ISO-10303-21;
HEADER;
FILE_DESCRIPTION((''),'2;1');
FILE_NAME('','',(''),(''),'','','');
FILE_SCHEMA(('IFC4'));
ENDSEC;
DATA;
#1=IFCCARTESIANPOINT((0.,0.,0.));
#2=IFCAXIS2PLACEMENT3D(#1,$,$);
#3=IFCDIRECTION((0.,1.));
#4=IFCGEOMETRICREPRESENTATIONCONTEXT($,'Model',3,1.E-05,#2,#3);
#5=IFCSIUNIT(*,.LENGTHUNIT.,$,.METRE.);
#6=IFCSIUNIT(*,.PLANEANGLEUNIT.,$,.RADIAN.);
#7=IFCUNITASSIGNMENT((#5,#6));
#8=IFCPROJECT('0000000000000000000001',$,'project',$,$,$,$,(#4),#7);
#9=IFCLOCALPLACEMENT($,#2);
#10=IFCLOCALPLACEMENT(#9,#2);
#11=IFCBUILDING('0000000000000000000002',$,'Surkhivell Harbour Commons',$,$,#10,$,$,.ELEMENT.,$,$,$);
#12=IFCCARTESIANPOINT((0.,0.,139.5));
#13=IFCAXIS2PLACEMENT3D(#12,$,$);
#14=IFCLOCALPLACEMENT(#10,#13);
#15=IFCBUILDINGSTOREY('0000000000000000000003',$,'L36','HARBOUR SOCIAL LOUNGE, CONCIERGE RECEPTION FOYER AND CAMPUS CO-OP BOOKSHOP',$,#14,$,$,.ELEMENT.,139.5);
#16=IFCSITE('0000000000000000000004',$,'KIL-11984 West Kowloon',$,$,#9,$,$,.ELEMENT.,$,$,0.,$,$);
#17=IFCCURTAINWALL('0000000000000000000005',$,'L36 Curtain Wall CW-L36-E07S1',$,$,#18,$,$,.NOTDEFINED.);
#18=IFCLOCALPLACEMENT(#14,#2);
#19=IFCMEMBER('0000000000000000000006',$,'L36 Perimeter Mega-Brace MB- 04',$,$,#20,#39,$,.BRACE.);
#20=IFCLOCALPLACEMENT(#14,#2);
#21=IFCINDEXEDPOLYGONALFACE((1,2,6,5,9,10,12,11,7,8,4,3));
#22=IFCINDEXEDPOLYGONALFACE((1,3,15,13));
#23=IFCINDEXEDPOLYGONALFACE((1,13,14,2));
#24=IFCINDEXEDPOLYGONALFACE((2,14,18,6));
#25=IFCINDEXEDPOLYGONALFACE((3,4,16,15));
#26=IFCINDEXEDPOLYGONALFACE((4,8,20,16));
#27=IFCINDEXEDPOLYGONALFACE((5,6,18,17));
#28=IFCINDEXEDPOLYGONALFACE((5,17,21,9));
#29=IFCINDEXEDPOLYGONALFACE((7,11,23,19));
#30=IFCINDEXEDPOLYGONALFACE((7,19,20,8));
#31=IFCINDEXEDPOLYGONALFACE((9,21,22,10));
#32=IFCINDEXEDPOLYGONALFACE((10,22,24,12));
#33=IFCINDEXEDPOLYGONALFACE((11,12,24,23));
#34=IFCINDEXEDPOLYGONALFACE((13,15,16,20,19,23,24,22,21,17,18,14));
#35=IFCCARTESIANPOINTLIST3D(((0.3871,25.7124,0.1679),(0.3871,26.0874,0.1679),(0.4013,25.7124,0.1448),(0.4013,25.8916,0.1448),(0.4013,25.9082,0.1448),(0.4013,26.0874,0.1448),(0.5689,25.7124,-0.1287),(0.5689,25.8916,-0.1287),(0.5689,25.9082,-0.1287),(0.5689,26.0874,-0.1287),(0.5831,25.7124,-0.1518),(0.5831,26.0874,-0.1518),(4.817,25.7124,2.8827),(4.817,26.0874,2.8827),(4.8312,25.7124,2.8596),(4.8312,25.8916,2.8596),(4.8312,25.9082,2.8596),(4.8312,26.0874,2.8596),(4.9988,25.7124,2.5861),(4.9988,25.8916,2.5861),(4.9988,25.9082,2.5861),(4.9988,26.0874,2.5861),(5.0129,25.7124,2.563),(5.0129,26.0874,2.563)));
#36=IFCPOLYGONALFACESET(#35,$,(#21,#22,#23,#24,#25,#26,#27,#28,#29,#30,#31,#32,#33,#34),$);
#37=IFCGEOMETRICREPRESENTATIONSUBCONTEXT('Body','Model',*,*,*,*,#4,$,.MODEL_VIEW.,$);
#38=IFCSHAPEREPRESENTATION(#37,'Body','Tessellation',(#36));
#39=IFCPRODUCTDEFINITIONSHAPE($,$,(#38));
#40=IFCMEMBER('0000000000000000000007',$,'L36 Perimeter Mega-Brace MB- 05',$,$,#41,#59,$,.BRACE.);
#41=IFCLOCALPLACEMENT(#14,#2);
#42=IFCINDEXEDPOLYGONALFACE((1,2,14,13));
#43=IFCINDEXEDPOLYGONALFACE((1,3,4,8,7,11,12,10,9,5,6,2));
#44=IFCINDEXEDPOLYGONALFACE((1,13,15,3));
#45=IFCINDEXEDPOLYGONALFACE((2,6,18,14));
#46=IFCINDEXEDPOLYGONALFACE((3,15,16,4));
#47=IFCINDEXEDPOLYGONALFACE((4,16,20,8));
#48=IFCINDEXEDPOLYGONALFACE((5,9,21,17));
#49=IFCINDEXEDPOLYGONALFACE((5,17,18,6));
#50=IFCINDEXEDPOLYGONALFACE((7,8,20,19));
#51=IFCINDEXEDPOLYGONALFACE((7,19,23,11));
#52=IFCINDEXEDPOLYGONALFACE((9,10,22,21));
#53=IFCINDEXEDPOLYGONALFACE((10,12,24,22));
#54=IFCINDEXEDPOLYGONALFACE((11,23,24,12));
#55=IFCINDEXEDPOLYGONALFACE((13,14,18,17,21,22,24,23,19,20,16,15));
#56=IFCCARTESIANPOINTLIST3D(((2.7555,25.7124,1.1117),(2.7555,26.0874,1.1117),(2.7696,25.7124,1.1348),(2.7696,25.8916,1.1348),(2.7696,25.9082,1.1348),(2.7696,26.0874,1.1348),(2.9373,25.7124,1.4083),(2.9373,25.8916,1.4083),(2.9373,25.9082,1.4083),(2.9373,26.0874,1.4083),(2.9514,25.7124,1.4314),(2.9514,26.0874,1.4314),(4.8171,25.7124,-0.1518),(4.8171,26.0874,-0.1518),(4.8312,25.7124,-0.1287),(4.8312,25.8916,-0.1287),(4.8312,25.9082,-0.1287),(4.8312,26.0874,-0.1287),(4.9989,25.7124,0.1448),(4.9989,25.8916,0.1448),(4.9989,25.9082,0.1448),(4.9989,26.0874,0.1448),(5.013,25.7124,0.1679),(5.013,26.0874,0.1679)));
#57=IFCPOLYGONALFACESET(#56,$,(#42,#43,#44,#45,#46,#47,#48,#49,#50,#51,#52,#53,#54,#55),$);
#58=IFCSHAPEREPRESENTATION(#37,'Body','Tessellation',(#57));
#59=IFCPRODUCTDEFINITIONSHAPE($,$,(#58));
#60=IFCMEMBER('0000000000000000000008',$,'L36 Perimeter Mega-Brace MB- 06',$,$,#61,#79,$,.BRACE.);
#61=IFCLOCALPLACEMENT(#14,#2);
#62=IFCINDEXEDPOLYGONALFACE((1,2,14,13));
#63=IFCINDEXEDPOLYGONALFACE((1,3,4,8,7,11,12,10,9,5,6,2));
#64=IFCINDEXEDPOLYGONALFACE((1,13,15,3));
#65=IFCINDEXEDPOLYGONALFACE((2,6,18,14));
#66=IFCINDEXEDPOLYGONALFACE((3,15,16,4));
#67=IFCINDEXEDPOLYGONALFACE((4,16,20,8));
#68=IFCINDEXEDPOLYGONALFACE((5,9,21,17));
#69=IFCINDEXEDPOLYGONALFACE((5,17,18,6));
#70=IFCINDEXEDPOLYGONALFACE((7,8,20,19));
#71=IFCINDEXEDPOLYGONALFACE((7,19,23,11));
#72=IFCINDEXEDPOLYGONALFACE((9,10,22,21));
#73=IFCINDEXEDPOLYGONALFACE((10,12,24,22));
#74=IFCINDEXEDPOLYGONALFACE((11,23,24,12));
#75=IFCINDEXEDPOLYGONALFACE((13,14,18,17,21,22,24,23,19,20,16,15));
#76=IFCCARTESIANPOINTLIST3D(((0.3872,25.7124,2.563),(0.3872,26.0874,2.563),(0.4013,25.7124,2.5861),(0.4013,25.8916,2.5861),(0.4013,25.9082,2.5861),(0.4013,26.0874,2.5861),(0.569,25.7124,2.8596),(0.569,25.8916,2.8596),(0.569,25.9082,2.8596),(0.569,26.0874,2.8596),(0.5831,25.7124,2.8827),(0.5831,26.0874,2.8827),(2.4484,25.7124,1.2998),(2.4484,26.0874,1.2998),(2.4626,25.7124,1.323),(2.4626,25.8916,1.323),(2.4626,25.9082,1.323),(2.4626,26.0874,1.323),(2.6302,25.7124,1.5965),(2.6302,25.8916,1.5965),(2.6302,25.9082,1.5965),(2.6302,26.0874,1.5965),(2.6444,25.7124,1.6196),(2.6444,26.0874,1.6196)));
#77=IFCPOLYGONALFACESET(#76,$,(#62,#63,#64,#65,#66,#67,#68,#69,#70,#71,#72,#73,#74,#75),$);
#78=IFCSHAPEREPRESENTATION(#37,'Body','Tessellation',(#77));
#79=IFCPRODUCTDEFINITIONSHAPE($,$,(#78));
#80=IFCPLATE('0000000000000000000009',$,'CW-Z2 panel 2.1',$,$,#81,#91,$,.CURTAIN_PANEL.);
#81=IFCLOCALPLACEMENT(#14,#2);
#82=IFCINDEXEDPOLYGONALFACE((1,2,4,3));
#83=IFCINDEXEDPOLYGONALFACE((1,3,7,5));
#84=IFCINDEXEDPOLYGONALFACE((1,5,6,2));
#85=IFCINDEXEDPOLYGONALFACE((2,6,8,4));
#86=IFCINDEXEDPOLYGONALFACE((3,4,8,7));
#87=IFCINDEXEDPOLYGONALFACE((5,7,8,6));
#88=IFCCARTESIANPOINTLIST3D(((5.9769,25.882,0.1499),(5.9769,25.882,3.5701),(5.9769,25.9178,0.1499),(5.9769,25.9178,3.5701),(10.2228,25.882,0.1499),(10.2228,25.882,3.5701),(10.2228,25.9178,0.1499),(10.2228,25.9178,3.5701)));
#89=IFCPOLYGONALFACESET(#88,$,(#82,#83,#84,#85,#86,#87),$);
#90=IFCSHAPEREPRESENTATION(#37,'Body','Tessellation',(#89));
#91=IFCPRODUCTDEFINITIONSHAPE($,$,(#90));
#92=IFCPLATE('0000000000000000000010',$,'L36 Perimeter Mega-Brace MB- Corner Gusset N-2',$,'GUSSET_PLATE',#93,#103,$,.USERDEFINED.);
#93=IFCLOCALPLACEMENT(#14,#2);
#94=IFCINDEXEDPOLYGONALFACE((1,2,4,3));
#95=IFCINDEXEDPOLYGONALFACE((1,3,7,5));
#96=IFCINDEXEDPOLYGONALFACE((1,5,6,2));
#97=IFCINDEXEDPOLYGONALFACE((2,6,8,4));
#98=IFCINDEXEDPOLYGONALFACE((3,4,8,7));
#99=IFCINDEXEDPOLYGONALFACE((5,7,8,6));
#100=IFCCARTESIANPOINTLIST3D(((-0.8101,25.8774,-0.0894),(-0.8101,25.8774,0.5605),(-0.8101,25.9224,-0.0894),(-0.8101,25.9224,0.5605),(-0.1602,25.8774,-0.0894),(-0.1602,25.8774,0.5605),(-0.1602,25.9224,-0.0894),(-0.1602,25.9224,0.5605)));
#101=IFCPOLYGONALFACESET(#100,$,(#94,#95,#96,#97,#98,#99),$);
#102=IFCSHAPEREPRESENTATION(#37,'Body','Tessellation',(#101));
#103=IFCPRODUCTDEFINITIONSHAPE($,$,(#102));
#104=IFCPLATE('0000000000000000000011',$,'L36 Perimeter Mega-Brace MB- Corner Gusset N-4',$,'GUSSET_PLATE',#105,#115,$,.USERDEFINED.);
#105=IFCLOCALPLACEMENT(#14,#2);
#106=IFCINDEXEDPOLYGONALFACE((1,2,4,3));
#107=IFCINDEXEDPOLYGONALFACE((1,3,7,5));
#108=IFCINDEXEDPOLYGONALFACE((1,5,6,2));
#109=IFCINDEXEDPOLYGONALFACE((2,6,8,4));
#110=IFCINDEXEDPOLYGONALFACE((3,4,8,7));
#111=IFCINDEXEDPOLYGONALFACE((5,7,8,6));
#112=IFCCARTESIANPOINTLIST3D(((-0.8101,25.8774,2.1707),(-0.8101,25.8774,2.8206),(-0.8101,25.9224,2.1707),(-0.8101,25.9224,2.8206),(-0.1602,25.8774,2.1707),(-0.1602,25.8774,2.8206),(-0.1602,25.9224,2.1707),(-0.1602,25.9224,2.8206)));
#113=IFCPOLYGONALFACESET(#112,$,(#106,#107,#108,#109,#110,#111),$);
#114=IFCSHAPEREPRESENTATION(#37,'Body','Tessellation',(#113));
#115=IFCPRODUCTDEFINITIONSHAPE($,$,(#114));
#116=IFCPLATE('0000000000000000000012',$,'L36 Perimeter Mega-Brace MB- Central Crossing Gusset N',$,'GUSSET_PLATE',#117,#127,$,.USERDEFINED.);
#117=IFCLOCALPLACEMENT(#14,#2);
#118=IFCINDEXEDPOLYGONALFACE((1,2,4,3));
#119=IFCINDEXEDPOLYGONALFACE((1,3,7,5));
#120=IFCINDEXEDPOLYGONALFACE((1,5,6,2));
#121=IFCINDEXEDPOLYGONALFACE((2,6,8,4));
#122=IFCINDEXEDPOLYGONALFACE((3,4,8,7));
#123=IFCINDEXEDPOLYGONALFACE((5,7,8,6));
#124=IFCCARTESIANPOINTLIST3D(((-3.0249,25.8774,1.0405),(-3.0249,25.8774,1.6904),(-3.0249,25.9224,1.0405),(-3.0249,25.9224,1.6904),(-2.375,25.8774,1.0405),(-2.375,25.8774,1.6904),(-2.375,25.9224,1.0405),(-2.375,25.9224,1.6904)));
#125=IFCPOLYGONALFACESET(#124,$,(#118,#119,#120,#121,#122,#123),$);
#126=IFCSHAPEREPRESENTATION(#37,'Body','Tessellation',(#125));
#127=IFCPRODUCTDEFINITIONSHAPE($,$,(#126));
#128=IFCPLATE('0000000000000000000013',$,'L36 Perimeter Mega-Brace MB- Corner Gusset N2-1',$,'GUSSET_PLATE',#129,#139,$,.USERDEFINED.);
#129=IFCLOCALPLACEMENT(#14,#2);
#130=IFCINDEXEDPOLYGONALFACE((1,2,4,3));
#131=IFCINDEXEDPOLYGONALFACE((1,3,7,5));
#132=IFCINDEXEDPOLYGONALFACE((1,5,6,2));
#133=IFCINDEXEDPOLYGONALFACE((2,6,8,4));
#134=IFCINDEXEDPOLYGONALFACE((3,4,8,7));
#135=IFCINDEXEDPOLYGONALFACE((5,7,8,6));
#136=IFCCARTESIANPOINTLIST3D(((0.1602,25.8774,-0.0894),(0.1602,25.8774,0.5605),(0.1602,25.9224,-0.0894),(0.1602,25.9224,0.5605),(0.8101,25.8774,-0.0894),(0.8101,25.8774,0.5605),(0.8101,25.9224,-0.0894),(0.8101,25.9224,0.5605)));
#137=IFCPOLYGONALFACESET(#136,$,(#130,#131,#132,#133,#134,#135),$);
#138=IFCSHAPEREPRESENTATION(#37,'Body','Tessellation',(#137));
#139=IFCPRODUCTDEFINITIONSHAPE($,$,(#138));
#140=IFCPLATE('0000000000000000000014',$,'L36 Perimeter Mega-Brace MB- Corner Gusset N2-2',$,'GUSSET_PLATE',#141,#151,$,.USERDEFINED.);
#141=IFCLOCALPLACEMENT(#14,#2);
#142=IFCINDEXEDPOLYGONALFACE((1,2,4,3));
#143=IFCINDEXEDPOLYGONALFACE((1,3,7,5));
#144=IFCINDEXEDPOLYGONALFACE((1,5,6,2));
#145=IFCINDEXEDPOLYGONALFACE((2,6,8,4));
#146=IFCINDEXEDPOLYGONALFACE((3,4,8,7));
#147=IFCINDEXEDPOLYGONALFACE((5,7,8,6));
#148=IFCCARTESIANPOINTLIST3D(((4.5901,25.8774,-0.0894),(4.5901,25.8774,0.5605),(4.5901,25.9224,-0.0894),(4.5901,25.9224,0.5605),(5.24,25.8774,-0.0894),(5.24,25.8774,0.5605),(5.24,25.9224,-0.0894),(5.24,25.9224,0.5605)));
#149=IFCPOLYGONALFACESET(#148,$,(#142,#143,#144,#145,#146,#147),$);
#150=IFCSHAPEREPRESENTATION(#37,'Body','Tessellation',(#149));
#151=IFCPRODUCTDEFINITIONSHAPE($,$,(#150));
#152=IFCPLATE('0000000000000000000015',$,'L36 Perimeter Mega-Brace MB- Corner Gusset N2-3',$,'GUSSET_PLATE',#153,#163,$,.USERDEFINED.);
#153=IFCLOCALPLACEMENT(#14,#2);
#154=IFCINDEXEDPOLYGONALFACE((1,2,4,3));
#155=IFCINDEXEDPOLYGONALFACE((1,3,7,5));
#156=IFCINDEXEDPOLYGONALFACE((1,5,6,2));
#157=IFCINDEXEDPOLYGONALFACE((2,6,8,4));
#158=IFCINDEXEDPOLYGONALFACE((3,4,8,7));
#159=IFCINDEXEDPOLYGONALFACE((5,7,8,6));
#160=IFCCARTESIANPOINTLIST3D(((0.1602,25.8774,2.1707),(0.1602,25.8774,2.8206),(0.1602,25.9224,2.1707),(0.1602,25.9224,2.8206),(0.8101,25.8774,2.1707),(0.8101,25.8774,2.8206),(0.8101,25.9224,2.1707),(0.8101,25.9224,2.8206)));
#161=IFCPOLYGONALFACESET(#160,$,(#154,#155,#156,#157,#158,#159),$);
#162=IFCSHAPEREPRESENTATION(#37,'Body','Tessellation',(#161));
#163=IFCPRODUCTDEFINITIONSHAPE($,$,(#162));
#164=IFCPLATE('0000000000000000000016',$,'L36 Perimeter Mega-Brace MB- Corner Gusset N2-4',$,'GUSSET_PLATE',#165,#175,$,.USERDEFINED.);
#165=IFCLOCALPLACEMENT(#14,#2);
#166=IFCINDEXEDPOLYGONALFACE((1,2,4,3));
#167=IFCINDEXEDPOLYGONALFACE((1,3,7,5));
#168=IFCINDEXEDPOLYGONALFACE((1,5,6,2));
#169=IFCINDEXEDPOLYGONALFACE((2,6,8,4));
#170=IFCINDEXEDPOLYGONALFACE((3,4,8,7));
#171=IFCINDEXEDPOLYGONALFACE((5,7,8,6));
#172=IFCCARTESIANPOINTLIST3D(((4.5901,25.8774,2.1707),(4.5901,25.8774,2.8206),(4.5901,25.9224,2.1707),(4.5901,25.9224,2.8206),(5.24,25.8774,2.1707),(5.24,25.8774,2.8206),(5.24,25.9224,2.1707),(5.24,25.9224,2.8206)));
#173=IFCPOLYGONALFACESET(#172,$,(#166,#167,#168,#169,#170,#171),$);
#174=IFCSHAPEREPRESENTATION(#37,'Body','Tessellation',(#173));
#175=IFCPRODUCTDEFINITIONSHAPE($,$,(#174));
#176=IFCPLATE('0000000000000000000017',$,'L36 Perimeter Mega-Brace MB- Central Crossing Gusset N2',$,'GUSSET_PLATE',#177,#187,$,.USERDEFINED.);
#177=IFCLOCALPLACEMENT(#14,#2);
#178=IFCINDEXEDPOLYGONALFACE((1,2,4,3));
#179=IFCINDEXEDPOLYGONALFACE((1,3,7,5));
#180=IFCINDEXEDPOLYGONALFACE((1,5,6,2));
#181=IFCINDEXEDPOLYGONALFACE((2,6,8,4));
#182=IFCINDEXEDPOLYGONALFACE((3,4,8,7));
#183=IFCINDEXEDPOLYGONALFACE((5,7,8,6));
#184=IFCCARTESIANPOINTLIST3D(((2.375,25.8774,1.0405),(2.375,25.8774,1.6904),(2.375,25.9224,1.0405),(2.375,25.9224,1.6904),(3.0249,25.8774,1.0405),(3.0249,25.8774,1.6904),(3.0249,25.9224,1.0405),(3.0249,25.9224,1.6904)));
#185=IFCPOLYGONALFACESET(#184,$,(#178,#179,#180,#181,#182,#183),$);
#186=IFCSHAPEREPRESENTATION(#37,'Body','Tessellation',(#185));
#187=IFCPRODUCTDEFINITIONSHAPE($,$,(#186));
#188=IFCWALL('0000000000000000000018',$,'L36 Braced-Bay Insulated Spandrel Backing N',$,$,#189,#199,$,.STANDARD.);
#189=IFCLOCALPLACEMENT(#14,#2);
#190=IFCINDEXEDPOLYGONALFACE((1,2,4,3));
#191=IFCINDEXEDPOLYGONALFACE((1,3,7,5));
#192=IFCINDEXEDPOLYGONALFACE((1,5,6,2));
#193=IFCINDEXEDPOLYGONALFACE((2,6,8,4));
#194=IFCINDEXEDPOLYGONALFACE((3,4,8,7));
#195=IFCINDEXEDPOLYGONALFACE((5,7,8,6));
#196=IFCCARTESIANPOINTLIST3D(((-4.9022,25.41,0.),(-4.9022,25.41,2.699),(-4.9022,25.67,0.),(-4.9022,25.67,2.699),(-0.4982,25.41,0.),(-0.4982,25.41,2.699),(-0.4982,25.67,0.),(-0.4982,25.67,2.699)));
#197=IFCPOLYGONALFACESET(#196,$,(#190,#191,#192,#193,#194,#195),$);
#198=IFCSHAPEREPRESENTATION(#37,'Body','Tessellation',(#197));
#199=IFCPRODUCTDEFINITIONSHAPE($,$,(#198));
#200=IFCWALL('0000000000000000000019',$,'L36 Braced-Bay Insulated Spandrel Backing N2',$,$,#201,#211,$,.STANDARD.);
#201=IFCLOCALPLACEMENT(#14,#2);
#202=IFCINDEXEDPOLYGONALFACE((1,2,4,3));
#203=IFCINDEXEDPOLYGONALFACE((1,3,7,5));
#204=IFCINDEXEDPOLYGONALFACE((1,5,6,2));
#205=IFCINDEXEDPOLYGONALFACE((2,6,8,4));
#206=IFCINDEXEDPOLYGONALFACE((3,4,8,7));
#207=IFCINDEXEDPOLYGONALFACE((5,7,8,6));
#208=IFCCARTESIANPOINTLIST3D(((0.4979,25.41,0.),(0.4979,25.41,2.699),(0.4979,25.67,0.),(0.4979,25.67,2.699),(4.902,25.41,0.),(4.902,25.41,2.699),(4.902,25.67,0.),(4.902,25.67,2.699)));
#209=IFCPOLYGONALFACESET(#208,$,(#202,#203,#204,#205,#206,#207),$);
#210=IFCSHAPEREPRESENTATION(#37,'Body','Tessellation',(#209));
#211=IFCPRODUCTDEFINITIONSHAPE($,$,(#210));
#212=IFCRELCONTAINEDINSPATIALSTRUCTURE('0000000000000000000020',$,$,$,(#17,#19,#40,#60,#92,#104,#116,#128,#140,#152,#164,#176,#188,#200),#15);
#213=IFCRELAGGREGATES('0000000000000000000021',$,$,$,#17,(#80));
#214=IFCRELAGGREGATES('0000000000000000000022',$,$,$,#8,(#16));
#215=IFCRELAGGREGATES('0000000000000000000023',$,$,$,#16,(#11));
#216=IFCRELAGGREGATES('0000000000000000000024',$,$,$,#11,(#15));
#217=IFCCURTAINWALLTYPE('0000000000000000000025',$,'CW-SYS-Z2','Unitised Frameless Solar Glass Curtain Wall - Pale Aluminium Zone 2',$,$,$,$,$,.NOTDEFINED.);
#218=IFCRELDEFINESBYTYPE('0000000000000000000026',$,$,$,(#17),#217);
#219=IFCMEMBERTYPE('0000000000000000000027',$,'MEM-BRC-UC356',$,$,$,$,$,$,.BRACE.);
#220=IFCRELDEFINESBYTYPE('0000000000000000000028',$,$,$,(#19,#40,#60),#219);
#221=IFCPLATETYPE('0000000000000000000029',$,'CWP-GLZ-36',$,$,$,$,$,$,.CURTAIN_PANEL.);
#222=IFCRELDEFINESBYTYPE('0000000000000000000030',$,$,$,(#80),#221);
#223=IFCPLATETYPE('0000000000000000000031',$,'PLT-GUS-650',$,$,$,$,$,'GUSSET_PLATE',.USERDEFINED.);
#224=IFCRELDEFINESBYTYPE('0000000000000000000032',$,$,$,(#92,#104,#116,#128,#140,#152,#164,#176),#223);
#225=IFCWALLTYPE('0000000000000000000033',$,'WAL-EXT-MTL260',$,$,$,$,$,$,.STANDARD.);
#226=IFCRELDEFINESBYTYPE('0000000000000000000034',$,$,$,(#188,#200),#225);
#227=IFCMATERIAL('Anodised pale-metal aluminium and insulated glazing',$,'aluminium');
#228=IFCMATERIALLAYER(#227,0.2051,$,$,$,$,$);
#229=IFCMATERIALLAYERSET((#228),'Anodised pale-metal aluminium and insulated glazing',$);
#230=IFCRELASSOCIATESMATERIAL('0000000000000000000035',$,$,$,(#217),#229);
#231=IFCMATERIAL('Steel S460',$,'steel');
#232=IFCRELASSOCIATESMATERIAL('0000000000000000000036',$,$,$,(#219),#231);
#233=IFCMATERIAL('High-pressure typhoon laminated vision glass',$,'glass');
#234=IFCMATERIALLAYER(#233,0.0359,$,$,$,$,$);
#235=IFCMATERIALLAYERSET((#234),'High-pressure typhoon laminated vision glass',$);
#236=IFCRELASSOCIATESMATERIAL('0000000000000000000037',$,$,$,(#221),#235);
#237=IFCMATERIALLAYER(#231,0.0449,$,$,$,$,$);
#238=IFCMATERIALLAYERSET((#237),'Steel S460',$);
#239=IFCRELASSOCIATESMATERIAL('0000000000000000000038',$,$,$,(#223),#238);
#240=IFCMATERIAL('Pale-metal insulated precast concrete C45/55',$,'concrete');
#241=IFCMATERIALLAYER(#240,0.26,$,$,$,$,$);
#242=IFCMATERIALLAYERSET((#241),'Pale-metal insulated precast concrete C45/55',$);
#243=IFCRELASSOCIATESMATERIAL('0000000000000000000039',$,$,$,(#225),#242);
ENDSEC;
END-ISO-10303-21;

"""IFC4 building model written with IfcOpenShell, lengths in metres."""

from ifc_helpers import new_model, si_unit, direction, frame, frame_2d, origin, origin_2d, place, context, subcontext, project, spatial, rectangle, i_section, extrude, material, layer, layer_set, material_profile, profile_set, type_object, element, aggregate, save


model = new_model("IFC4")

# Units and contexts
model_context = context("Model", 3, precision=1e-05, world=origin(), true_north=direction((0.0, 1.0)))
body_context = subcontext(model_context, "Body", "Model", "MODEL_VIEW")
ifc_project = project(units=[si_unit("LENGTHUNIT", "METRE"), si_unit("PLANEANGLEUNIT", "RADIAN")], contexts=[model_context])

# Site, building, storey
site_placement = place(None, origin())
site = spatial("IfcSite", under=ifc_project, at=site_placement, Name="KIL-11984 West Kowloon", CompositionType="ELEMENT", RefElevation=0.0)
building_placement = place(site_placement, origin())
building = spatial("IfcBuilding", under=site, at=building_placement, Name="Surkhivell Harbour Commons", CompositionType="ELEMENT")
storey_placement = place(building_placement, frame((0.0, 0.0, 139.5)))
storey = spatial("IfcBuildingStorey", under=building, at=storey_placement, Name="L36", Description="HARBOUR SOCIAL LOUNGE, CONCIERGE RECEPTION FOYER AND CAMPUS CO-OP BOOKSHOP", CompositionType="ELEMENT", Elevation=139.5)

# Shared definitions
ifc_material_1 = material(Name="Steel S460", Category="steel")

# Curtain wall
ifc_material_2 = material(Name="Anodised pale-metal aluminium and insulated glazing", Category="aluminium")
ifc_layer_1 = layer(ifc_material_2, 0.2051)
ifc_layer_set_1 = layer_set([ifc_layer_1], Name="Anodised pale-metal aluminium and insulated glazing")
curtain_wall_type = type_object("IfcCurtainWallType", Name="CW-SYS-Z2", Description="Unitised Frameless Solar Glass Curtain Wall - Pale Aluminium Zone 2", PredefinedType="NOTDEFINED", material=ifc_layer_set_1)
curtain_wall_placement = place(storey_placement, origin())
curtain_wall = element("IfcCurtainWall", 1, at=curtain_wall_placement, inside=storey, type_object=curtain_wall_type, Name="L36 Curtain Wall CW-L36-E07S1", PredefinedType="NOTDEFINED")

# Members
ifc_material_profile_1 = material_profile(ifc_material_1, i_section(OverallWidth=0.375, OverallDepth=0.375, WebThickness=0.0166, FlangeThickness=0.0271, at=origin_2d()), Name="UC356x368x202")
ifc_profile_set_1 = profile_set([ifc_material_profile_1], Name="Steel S460")
member_type_1 = type_object("IfcMemberType", Name="MEM-BRC-UC356", PredefinedType="BRACE", material=ifc_profile_set_1)
member_1_placement = place(storey_placement, frame((0.4851, 25.8999, 0.0081), z_axis=(0.852625, 0.0, 0.522523), x_axis=(0.0, 1.0, 0.0)))
element("IfcMember", 2, at=member_1_placement, inside=storey, type_object=member_type_1, Name="L36 Perimeter Mega-Brace MB- 04", PredefinedType="BRACE", context=body_context, shape_type="SweptSolid", body=[
    extrude(i_section(OverallWidth=0.375, OverallDepth=0.375, WebThickness=0.0166, FlangeThickness=0.0271, at=origin_2d()), origin(), (0.0, 0.0, 1.0), 5.1956),
])
member_2_placement = place(storey_placement, frame((4.915, 25.8999, 0.0081), z_axis=(-0.852617, 0.0, 0.522536), x_axis=(0.0, -1.0, 0.0)))
element("IfcMember", 3, at=member_2_placement, inside=storey, type_object=member_type_1, Name="L36 Perimeter Mega-Brace MB- 05", PredefinedType="BRACE", context=body_context, shape_type="SweptSolid", body=[
    extrude(i_section(OverallWidth=0.375, OverallDepth=0.375, WebThickness=0.0166, FlangeThickness=0.0271, at=origin_2d()), origin(), (0.0, 0.0, 1.0), 2.418),
])
member_3_placement = place(storey_placement, frame((2.5464, 25.8999, 1.4597), z_axis=(-0.852635, 0.0, 0.522508), x_axis=(0.0, -1.0, 0.0)))
element("IfcMember", 4, at=member_3_placement, inside=storey, type_object=member_type_1, Name="L36 Perimeter Mega-Brace MB- 06", PredefinedType="BRACE", context=body_context, shape_type="SweptSolid", body=[
    extrude(i_section(OverallWidth=0.375, OverallDepth=0.375, WebThickness=0.0166, FlangeThickness=0.0271, at=origin_2d()), origin(), (0.0, 0.0, 1.0), 2.4175),
])

# Plate
ifc_material_3 = material(Name="High-pressure typhoon laminated vision glass", Category="glass")
ifc_layer_2 = layer(ifc_material_3, 0.0359)
ifc_layer_set_2 = layer_set([ifc_layer_2], Name="High-pressure typhoon laminated vision glass")
plate_type_1 = type_object("IfcPlateType", Name="CWP-GLZ-36", PredefinedType="CURTAIN_PANEL", material=ifc_layer_set_2)
plate_placement = place(storey_placement, frame((10.2229, 25.8999, 0.1499), z_axis=(0.0, 0.0, 1.0), x_axis=(-1.0, 0.0, 0.0)))
plate = element("IfcPlate", 5, at=plate_placement, type_object=plate_type_1, Name="CW-Z2 panel 2.1", PredefinedType="CURTAIN_PANEL", context=body_context, shape_type="SweptSolid", body=[
    extrude(rectangle(XDim=4.2458, YDim=0.0359, at=frame_2d((2.123, 0.0))), origin(), (0.0, 0.0, 1.0), 3.4202),
])
aggregate(curtain_wall, [plate])

# Plates
ifc_layer_3 = layer(ifc_material_1, 0.0449)
ifc_layer_set_3 = layer_set([ifc_layer_3], Name="Steel S460")
plate_type_2 = type_object("IfcPlateType", Name="PLT-GUS-650", ElementType="GUSSET_PLATE", PredefinedType="USERDEFINED", material=ifc_layer_set_3)
for number, where, z_axis, x_axis, name in (
    (6, (-0.4851, 25.8999, -0.0894), (0.0, 0.0, 1.0), (1.0, 0.0, 0.0), "L36 Perimeter Mega-Brace MB- Corner Gusset N-2"),
    (7, (-0.4851, 25.8999, 2.1707), (0.0, 0.0, 1.0), (1.0, 0.0, 0.0), "L36 Perimeter Mega-Brace MB- Corner Gusset N-4"),
    (8, (-2.7, 25.8999, 1.0405), (0.0, 0.0, 1.0), (1.0, 0.0, 0.0), "L36 Perimeter Mega-Brace MB- Central Crossing Gusset N"),
    (9, (0.4851, 25.8999, -0.0894), (0.0, 0.0, 1.0), (1.0, 0.0, 0.0), "L36 Perimeter Mega-Brace MB- Corner Gusset N2-1"),
    (10, (4.915, 25.8999, -0.0894), (0.0, 0.0, 1.0), (1.0, 0.0, 0.0), "L36 Perimeter Mega-Brace MB- Corner Gusset N2-2"),
    (11, (0.4851, 25.8999, 2.1707), (0.0, 0.0, 1.0), (1.0, 0.0, 0.0), "L36 Perimeter Mega-Brace MB- Corner Gusset N2-3"),
    (12, (4.915, 25.8999, 2.1707), (0.0, 0.0, 1.0), (1.0, 0.0, 0.0), "L36 Perimeter Mega-Brace MB- Corner Gusset N2-4"),
    (13, (2.7, 25.8999, 1.0405), (0.0, 0.0, 1.0), (1.0, 0.0, 0.0), "L36 Perimeter Mega-Brace MB- Central Crossing Gusset N2"),
):
    element("IfcPlate", number, at=place(storey_placement, frame(where, z_axis=z_axis, x_axis=x_axis)), inside=storey, type_object=plate_type_2, Name=name, ObjectType="GUSSET_PLATE", PredefinedType="USERDEFINED", context=body_context, shape_type="SweptSolid", body=[
        extrude(rectangle(XDim=0.6499, YDim=0.0449, at=origin_2d()), origin(), (0.0, 0.0, 1.0), 0.6499),
    ])

# Walls
ifc_material_4 = material(Name="Pale-metal insulated precast concrete C45/55", Category="concrete")
ifc_layer_4 = layer(ifc_material_4, 0.26)
ifc_layer_set_4 = layer_set([ifc_layer_4], Name="Pale-metal insulated precast concrete C45/55")
wall_type_1 = type_object("IfcWallType", Name="WAL-EXT-MTL260", PredefinedType="STANDARD", material=ifc_layer_set_4)
for number, where, z_axis, x_axis, name in (
    (14, (-0.498, 25.54, 0.0), (0.0, 0.0, 1.0), (-1.0, 0.0, 0.0), "L36 Braced-Bay Insulated Spandrel Backing N"),
    (15, (4.9021, 25.54, 0.0), (0.0, 0.0, 1.0), (-1.0, 0.0, 0.0), "L36 Braced-Bay Insulated Spandrel Backing N2"),
):
    element("IfcWall", number, at=place(storey_placement, frame(where, z_axis=z_axis, x_axis=x_axis)), inside=storey, type_object=wall_type_1, Name=name, PredefinedType="STANDARD", context=body_context, shape_type="SweptSolid", body=[
        extrude(rectangle(XDim=4.4041, YDim=0.26, at=frame_2d((2.2021, 0.0))), origin(), (0.0, 0.0, 1.0), 2.699),
    ])

save(model, "model.ifc")
